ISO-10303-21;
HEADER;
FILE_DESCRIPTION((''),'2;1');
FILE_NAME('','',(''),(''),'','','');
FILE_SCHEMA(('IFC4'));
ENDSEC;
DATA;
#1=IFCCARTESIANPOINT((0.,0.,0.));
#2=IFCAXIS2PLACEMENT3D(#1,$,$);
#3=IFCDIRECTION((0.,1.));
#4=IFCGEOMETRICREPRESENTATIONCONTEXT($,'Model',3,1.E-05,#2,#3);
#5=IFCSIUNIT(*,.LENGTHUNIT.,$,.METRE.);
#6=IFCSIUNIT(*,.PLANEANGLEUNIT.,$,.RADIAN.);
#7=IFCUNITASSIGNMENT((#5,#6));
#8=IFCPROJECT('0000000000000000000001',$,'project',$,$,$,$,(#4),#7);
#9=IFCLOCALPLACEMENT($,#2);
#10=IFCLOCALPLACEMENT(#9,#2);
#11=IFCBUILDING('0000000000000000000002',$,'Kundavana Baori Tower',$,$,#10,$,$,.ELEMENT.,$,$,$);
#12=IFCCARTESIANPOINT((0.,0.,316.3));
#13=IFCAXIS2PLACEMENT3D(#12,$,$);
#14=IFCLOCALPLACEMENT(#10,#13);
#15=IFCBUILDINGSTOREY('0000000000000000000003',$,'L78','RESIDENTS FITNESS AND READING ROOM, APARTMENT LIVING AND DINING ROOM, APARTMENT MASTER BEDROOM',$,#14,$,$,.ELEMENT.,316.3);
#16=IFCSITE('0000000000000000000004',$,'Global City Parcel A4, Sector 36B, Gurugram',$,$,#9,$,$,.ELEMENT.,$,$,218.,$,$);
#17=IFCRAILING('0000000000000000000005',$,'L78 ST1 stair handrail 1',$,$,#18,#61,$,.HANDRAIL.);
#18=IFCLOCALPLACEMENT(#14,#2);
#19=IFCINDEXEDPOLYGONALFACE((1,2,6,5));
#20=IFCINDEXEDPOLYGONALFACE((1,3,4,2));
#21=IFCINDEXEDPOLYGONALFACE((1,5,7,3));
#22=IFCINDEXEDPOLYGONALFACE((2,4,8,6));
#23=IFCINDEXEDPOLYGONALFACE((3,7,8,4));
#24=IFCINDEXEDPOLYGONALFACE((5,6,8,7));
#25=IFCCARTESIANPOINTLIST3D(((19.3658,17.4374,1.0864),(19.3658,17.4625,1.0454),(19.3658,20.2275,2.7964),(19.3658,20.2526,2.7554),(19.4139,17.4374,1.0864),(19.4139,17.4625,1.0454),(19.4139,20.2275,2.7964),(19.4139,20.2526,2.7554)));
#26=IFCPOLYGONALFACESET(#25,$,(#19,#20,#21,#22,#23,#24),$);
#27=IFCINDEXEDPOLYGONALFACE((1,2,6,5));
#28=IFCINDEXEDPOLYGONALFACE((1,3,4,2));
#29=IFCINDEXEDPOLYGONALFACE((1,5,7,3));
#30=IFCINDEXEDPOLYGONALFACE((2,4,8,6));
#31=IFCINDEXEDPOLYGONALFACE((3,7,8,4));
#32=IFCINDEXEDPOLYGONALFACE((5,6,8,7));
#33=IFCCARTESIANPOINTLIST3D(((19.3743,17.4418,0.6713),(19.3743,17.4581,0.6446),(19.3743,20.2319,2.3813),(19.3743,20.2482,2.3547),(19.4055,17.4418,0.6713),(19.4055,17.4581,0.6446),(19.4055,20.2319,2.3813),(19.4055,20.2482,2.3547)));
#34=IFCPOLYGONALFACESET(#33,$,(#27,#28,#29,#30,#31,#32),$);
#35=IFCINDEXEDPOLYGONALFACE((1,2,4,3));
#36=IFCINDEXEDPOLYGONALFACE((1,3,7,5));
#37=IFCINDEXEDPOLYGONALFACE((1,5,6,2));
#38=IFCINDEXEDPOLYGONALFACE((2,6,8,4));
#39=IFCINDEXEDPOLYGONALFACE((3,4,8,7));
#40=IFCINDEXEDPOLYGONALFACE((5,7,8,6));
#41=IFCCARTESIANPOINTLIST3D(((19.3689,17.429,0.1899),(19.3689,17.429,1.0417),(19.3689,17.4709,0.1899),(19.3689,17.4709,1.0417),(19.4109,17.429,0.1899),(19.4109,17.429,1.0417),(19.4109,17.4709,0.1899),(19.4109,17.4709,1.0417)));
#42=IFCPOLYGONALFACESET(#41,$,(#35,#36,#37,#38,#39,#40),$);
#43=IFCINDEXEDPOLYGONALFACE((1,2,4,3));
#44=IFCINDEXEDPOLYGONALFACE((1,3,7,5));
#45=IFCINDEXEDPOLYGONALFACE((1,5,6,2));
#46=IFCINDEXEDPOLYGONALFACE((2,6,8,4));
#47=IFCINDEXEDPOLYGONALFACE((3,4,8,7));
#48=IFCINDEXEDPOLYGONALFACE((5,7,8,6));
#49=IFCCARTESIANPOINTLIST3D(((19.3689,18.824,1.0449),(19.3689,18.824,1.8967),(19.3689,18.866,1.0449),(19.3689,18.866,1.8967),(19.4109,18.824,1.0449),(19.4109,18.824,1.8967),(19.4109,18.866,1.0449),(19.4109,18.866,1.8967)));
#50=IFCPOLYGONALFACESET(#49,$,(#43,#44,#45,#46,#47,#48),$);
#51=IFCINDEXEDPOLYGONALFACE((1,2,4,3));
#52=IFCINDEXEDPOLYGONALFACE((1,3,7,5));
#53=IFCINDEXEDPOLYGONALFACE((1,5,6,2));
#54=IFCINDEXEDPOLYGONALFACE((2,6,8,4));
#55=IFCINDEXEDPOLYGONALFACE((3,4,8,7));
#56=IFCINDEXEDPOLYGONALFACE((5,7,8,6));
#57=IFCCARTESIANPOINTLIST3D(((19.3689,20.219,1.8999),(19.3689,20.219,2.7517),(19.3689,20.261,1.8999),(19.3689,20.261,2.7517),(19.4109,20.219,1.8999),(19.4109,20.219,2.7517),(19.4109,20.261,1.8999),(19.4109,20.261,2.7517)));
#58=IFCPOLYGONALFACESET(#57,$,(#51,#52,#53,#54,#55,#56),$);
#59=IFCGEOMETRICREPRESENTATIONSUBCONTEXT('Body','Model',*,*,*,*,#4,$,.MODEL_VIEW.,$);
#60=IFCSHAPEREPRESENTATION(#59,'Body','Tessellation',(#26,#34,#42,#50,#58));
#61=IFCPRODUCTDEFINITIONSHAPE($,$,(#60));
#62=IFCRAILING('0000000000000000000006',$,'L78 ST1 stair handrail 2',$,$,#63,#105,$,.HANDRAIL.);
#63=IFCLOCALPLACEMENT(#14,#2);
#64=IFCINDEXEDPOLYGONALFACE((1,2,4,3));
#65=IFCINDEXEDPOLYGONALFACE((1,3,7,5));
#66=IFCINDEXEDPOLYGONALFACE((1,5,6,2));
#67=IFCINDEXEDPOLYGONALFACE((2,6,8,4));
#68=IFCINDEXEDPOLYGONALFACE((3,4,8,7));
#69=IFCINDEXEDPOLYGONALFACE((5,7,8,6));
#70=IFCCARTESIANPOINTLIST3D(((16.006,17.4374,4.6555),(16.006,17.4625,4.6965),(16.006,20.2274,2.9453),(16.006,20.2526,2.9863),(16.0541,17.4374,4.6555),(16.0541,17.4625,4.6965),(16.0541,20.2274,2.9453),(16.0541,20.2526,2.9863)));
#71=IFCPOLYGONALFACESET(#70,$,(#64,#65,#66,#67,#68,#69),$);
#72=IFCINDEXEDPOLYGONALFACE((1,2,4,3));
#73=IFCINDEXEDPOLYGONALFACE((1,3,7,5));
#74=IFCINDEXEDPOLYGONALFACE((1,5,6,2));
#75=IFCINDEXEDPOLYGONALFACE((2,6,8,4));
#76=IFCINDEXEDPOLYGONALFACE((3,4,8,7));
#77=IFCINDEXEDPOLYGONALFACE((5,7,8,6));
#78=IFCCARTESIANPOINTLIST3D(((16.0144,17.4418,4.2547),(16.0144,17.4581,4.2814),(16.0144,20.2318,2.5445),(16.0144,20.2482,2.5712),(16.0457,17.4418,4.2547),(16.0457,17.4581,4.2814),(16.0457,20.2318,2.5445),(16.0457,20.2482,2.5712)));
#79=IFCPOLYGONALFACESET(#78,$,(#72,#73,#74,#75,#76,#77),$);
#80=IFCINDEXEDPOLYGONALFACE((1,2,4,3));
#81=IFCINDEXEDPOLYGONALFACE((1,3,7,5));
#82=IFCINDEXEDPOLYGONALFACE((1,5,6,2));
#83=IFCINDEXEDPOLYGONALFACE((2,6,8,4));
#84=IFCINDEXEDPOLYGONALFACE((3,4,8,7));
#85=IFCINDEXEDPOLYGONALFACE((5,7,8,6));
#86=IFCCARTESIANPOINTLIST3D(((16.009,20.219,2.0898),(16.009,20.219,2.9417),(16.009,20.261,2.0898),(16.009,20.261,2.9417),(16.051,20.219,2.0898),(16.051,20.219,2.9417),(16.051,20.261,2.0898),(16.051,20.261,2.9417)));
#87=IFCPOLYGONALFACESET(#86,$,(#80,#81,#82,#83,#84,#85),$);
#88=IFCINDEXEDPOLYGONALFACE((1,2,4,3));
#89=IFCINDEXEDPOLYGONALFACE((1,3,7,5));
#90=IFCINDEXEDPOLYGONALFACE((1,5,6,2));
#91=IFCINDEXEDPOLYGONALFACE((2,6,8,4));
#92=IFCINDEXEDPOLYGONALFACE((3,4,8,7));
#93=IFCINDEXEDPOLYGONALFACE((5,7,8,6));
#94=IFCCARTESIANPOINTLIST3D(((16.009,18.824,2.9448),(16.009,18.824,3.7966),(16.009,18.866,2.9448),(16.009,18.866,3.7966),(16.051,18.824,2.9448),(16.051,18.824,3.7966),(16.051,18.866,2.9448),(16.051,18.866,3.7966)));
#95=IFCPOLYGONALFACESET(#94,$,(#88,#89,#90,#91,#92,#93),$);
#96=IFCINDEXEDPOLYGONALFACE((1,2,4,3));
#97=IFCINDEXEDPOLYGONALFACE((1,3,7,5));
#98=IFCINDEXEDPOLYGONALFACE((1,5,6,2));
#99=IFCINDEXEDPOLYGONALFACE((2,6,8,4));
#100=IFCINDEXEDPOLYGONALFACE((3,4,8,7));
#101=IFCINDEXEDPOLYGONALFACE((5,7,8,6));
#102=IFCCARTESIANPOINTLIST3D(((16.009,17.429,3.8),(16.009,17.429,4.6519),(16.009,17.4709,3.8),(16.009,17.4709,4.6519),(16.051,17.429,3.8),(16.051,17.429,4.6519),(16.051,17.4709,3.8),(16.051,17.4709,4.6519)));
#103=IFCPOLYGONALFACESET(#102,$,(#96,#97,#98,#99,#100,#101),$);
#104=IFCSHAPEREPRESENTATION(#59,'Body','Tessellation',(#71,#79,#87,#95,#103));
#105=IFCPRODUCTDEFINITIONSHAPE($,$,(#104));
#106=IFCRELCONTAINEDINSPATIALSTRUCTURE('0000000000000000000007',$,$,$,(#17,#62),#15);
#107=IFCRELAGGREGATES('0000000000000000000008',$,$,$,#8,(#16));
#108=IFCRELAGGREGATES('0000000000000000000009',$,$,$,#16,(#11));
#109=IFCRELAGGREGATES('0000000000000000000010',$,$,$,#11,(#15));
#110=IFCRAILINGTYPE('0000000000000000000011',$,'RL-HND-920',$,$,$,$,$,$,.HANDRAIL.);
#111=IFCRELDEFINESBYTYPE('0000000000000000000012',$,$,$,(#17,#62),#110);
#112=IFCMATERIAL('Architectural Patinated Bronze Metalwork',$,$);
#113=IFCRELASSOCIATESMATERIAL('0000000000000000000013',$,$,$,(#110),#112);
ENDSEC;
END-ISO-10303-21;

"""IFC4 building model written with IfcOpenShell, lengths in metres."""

from ifc_helpers import new_model, si_unit, direction, frame, origin, origin_2d, place, context, subcontext, project, spatial, rectangle, extrude, material, type_object, element, save


model = new_model("IFC4")

# Units and contexts
model_context = context("Model", 3, precision=1e-05, world=origin(), true_north=direction((0.0, 1.0)))
body_context = subcontext(model_context, "Body", "Model", "MODEL_VIEW")
ifc_project = project(units=[si_unit("LENGTHUNIT", "METRE"), si_unit("PLANEANGLEUNIT", "RADIAN")], contexts=[model_context])

# Site, building, storey
site_placement = place(None, origin())
site = spatial("IfcSite", under=ifc_project, at=site_placement, Name="Global City Parcel A4, Sector 36B, Gurugram", CompositionType="ELEMENT", RefElevation=218.0)
building_placement = place(site_placement, origin())
building = spatial("IfcBuilding", under=site, at=building_placement, Name="Kundavana Baori Tower", CompositionType="ELEMENT")
storey_placement = place(building_placement, frame((0.0, 0.0, 316.3)))
storey = spatial("IfcBuildingStorey", under=building, at=storey_placement, Name="L78", Description="RESIDENTS FITNESS AND READING ROOM, APARTMENT LIVING AND DINING ROOM, APARTMENT MASTER BEDROOM", CompositionType="ELEMENT", Elevation=316.3)

# Railings
ifc_material_1 = material(Name="Architectural Patinated Bronze Metalwork")
railing_type_1 = type_object("IfcRailingType", Name="RL-HND-920", PredefinedType="HANDRAIL", material=ifc_material_1)
railing_1_placement = place(storey_placement, frame((19.3899, 17.45, 0.1899)))
element("IfcRailing", 1, at=railing_1_placement, inside=storey, type_object=railing_type_1, Name="L78 ST1 stair handrail 1", PredefinedType="HANDRAIL", context=body_context, shape_type="SweptSolid", body=[
    extrude(rectangle(XDim=0.0481, YDim=0.0481, at=origin_2d()), frame((0.0, 0.0, 0.876), z_axis=(0.0, 0.85261, 0.522548), x_axis=(-1.0, 0.0, 0.0)), (0.0, 0.0, 1.0), 3.2725),
    extrude(rectangle(XDim=0.0312, YDim=0.0312, at=origin_2d()), frame((0.0, 0.0, 0.468), z_axis=(0.0, 0.85261, 0.522548), x_axis=(-1.0, 0.0, 0.0)), (0.0, 0.0, 1.0), 3.2725),
    extrude(rectangle(XDim=0.042, YDim=0.042, at=origin_2d()), origin(), (0.0, 0.0, 1.0), 0.8518),
    extrude(rectangle(XDim=0.042, YDim=0.042, at=origin_2d()), frame((0.0, 1.395, 0.855)), (0.0, 0.0, 1.0), 0.8518),
    extrude(rectangle(XDim=0.042, YDim=0.042, at=origin_2d()), frame((0.0, 2.79, 1.71)), (0.0, 0.0, 1.0), 0.8518),
])
railing_2_placement = place(storey_placement, frame((16.03, 20.24, 2.0898)))
element("IfcRailing", 2, at=railing_2_placement, inside=storey, type_object=railing_type_1, Name="L78 ST1 stair handrail 2", PredefinedType="HANDRAIL", context=body_context, shape_type="SweptSolid", body=[
    extrude(rectangle(XDim=0.0481, YDim=0.0481, at=origin_2d()), frame((0.0, 0.0, 0.876), z_axis=(0.0, -0.852577, 0.522602), x_axis=(1.0, 0.0, 0.0)), (0.0, 0.0, 1.0), 3.2725),
    extrude(rectangle(XDim=0.0312, YDim=0.0312, at=origin_2d()), frame((0.0, 0.0, 0.468), z_axis=(0.0, -0.852577, 0.522602), x_axis=(1.0, 0.0, 0.0)), (0.0, 0.0, 1.0), 3.2725),
    extrude(rectangle(XDim=0.042, YDim=0.042, at=origin_2d()), origin(), (0.0, 0.0, 1.0), 0.8518),
    extrude(rectangle(XDim=0.042, YDim=0.042, at=origin_2d()), frame((0.0, -1.395, 0.855)), (0.0, 0.0, 1.0), 0.8518),
    extrude(rectangle(XDim=0.042, YDim=0.042, at=origin_2d()), frame((0.0, -2.79, 1.7102)), (0.0, 0.0, 1.0), 0.8518),
])

save(model, "model.ifc")
